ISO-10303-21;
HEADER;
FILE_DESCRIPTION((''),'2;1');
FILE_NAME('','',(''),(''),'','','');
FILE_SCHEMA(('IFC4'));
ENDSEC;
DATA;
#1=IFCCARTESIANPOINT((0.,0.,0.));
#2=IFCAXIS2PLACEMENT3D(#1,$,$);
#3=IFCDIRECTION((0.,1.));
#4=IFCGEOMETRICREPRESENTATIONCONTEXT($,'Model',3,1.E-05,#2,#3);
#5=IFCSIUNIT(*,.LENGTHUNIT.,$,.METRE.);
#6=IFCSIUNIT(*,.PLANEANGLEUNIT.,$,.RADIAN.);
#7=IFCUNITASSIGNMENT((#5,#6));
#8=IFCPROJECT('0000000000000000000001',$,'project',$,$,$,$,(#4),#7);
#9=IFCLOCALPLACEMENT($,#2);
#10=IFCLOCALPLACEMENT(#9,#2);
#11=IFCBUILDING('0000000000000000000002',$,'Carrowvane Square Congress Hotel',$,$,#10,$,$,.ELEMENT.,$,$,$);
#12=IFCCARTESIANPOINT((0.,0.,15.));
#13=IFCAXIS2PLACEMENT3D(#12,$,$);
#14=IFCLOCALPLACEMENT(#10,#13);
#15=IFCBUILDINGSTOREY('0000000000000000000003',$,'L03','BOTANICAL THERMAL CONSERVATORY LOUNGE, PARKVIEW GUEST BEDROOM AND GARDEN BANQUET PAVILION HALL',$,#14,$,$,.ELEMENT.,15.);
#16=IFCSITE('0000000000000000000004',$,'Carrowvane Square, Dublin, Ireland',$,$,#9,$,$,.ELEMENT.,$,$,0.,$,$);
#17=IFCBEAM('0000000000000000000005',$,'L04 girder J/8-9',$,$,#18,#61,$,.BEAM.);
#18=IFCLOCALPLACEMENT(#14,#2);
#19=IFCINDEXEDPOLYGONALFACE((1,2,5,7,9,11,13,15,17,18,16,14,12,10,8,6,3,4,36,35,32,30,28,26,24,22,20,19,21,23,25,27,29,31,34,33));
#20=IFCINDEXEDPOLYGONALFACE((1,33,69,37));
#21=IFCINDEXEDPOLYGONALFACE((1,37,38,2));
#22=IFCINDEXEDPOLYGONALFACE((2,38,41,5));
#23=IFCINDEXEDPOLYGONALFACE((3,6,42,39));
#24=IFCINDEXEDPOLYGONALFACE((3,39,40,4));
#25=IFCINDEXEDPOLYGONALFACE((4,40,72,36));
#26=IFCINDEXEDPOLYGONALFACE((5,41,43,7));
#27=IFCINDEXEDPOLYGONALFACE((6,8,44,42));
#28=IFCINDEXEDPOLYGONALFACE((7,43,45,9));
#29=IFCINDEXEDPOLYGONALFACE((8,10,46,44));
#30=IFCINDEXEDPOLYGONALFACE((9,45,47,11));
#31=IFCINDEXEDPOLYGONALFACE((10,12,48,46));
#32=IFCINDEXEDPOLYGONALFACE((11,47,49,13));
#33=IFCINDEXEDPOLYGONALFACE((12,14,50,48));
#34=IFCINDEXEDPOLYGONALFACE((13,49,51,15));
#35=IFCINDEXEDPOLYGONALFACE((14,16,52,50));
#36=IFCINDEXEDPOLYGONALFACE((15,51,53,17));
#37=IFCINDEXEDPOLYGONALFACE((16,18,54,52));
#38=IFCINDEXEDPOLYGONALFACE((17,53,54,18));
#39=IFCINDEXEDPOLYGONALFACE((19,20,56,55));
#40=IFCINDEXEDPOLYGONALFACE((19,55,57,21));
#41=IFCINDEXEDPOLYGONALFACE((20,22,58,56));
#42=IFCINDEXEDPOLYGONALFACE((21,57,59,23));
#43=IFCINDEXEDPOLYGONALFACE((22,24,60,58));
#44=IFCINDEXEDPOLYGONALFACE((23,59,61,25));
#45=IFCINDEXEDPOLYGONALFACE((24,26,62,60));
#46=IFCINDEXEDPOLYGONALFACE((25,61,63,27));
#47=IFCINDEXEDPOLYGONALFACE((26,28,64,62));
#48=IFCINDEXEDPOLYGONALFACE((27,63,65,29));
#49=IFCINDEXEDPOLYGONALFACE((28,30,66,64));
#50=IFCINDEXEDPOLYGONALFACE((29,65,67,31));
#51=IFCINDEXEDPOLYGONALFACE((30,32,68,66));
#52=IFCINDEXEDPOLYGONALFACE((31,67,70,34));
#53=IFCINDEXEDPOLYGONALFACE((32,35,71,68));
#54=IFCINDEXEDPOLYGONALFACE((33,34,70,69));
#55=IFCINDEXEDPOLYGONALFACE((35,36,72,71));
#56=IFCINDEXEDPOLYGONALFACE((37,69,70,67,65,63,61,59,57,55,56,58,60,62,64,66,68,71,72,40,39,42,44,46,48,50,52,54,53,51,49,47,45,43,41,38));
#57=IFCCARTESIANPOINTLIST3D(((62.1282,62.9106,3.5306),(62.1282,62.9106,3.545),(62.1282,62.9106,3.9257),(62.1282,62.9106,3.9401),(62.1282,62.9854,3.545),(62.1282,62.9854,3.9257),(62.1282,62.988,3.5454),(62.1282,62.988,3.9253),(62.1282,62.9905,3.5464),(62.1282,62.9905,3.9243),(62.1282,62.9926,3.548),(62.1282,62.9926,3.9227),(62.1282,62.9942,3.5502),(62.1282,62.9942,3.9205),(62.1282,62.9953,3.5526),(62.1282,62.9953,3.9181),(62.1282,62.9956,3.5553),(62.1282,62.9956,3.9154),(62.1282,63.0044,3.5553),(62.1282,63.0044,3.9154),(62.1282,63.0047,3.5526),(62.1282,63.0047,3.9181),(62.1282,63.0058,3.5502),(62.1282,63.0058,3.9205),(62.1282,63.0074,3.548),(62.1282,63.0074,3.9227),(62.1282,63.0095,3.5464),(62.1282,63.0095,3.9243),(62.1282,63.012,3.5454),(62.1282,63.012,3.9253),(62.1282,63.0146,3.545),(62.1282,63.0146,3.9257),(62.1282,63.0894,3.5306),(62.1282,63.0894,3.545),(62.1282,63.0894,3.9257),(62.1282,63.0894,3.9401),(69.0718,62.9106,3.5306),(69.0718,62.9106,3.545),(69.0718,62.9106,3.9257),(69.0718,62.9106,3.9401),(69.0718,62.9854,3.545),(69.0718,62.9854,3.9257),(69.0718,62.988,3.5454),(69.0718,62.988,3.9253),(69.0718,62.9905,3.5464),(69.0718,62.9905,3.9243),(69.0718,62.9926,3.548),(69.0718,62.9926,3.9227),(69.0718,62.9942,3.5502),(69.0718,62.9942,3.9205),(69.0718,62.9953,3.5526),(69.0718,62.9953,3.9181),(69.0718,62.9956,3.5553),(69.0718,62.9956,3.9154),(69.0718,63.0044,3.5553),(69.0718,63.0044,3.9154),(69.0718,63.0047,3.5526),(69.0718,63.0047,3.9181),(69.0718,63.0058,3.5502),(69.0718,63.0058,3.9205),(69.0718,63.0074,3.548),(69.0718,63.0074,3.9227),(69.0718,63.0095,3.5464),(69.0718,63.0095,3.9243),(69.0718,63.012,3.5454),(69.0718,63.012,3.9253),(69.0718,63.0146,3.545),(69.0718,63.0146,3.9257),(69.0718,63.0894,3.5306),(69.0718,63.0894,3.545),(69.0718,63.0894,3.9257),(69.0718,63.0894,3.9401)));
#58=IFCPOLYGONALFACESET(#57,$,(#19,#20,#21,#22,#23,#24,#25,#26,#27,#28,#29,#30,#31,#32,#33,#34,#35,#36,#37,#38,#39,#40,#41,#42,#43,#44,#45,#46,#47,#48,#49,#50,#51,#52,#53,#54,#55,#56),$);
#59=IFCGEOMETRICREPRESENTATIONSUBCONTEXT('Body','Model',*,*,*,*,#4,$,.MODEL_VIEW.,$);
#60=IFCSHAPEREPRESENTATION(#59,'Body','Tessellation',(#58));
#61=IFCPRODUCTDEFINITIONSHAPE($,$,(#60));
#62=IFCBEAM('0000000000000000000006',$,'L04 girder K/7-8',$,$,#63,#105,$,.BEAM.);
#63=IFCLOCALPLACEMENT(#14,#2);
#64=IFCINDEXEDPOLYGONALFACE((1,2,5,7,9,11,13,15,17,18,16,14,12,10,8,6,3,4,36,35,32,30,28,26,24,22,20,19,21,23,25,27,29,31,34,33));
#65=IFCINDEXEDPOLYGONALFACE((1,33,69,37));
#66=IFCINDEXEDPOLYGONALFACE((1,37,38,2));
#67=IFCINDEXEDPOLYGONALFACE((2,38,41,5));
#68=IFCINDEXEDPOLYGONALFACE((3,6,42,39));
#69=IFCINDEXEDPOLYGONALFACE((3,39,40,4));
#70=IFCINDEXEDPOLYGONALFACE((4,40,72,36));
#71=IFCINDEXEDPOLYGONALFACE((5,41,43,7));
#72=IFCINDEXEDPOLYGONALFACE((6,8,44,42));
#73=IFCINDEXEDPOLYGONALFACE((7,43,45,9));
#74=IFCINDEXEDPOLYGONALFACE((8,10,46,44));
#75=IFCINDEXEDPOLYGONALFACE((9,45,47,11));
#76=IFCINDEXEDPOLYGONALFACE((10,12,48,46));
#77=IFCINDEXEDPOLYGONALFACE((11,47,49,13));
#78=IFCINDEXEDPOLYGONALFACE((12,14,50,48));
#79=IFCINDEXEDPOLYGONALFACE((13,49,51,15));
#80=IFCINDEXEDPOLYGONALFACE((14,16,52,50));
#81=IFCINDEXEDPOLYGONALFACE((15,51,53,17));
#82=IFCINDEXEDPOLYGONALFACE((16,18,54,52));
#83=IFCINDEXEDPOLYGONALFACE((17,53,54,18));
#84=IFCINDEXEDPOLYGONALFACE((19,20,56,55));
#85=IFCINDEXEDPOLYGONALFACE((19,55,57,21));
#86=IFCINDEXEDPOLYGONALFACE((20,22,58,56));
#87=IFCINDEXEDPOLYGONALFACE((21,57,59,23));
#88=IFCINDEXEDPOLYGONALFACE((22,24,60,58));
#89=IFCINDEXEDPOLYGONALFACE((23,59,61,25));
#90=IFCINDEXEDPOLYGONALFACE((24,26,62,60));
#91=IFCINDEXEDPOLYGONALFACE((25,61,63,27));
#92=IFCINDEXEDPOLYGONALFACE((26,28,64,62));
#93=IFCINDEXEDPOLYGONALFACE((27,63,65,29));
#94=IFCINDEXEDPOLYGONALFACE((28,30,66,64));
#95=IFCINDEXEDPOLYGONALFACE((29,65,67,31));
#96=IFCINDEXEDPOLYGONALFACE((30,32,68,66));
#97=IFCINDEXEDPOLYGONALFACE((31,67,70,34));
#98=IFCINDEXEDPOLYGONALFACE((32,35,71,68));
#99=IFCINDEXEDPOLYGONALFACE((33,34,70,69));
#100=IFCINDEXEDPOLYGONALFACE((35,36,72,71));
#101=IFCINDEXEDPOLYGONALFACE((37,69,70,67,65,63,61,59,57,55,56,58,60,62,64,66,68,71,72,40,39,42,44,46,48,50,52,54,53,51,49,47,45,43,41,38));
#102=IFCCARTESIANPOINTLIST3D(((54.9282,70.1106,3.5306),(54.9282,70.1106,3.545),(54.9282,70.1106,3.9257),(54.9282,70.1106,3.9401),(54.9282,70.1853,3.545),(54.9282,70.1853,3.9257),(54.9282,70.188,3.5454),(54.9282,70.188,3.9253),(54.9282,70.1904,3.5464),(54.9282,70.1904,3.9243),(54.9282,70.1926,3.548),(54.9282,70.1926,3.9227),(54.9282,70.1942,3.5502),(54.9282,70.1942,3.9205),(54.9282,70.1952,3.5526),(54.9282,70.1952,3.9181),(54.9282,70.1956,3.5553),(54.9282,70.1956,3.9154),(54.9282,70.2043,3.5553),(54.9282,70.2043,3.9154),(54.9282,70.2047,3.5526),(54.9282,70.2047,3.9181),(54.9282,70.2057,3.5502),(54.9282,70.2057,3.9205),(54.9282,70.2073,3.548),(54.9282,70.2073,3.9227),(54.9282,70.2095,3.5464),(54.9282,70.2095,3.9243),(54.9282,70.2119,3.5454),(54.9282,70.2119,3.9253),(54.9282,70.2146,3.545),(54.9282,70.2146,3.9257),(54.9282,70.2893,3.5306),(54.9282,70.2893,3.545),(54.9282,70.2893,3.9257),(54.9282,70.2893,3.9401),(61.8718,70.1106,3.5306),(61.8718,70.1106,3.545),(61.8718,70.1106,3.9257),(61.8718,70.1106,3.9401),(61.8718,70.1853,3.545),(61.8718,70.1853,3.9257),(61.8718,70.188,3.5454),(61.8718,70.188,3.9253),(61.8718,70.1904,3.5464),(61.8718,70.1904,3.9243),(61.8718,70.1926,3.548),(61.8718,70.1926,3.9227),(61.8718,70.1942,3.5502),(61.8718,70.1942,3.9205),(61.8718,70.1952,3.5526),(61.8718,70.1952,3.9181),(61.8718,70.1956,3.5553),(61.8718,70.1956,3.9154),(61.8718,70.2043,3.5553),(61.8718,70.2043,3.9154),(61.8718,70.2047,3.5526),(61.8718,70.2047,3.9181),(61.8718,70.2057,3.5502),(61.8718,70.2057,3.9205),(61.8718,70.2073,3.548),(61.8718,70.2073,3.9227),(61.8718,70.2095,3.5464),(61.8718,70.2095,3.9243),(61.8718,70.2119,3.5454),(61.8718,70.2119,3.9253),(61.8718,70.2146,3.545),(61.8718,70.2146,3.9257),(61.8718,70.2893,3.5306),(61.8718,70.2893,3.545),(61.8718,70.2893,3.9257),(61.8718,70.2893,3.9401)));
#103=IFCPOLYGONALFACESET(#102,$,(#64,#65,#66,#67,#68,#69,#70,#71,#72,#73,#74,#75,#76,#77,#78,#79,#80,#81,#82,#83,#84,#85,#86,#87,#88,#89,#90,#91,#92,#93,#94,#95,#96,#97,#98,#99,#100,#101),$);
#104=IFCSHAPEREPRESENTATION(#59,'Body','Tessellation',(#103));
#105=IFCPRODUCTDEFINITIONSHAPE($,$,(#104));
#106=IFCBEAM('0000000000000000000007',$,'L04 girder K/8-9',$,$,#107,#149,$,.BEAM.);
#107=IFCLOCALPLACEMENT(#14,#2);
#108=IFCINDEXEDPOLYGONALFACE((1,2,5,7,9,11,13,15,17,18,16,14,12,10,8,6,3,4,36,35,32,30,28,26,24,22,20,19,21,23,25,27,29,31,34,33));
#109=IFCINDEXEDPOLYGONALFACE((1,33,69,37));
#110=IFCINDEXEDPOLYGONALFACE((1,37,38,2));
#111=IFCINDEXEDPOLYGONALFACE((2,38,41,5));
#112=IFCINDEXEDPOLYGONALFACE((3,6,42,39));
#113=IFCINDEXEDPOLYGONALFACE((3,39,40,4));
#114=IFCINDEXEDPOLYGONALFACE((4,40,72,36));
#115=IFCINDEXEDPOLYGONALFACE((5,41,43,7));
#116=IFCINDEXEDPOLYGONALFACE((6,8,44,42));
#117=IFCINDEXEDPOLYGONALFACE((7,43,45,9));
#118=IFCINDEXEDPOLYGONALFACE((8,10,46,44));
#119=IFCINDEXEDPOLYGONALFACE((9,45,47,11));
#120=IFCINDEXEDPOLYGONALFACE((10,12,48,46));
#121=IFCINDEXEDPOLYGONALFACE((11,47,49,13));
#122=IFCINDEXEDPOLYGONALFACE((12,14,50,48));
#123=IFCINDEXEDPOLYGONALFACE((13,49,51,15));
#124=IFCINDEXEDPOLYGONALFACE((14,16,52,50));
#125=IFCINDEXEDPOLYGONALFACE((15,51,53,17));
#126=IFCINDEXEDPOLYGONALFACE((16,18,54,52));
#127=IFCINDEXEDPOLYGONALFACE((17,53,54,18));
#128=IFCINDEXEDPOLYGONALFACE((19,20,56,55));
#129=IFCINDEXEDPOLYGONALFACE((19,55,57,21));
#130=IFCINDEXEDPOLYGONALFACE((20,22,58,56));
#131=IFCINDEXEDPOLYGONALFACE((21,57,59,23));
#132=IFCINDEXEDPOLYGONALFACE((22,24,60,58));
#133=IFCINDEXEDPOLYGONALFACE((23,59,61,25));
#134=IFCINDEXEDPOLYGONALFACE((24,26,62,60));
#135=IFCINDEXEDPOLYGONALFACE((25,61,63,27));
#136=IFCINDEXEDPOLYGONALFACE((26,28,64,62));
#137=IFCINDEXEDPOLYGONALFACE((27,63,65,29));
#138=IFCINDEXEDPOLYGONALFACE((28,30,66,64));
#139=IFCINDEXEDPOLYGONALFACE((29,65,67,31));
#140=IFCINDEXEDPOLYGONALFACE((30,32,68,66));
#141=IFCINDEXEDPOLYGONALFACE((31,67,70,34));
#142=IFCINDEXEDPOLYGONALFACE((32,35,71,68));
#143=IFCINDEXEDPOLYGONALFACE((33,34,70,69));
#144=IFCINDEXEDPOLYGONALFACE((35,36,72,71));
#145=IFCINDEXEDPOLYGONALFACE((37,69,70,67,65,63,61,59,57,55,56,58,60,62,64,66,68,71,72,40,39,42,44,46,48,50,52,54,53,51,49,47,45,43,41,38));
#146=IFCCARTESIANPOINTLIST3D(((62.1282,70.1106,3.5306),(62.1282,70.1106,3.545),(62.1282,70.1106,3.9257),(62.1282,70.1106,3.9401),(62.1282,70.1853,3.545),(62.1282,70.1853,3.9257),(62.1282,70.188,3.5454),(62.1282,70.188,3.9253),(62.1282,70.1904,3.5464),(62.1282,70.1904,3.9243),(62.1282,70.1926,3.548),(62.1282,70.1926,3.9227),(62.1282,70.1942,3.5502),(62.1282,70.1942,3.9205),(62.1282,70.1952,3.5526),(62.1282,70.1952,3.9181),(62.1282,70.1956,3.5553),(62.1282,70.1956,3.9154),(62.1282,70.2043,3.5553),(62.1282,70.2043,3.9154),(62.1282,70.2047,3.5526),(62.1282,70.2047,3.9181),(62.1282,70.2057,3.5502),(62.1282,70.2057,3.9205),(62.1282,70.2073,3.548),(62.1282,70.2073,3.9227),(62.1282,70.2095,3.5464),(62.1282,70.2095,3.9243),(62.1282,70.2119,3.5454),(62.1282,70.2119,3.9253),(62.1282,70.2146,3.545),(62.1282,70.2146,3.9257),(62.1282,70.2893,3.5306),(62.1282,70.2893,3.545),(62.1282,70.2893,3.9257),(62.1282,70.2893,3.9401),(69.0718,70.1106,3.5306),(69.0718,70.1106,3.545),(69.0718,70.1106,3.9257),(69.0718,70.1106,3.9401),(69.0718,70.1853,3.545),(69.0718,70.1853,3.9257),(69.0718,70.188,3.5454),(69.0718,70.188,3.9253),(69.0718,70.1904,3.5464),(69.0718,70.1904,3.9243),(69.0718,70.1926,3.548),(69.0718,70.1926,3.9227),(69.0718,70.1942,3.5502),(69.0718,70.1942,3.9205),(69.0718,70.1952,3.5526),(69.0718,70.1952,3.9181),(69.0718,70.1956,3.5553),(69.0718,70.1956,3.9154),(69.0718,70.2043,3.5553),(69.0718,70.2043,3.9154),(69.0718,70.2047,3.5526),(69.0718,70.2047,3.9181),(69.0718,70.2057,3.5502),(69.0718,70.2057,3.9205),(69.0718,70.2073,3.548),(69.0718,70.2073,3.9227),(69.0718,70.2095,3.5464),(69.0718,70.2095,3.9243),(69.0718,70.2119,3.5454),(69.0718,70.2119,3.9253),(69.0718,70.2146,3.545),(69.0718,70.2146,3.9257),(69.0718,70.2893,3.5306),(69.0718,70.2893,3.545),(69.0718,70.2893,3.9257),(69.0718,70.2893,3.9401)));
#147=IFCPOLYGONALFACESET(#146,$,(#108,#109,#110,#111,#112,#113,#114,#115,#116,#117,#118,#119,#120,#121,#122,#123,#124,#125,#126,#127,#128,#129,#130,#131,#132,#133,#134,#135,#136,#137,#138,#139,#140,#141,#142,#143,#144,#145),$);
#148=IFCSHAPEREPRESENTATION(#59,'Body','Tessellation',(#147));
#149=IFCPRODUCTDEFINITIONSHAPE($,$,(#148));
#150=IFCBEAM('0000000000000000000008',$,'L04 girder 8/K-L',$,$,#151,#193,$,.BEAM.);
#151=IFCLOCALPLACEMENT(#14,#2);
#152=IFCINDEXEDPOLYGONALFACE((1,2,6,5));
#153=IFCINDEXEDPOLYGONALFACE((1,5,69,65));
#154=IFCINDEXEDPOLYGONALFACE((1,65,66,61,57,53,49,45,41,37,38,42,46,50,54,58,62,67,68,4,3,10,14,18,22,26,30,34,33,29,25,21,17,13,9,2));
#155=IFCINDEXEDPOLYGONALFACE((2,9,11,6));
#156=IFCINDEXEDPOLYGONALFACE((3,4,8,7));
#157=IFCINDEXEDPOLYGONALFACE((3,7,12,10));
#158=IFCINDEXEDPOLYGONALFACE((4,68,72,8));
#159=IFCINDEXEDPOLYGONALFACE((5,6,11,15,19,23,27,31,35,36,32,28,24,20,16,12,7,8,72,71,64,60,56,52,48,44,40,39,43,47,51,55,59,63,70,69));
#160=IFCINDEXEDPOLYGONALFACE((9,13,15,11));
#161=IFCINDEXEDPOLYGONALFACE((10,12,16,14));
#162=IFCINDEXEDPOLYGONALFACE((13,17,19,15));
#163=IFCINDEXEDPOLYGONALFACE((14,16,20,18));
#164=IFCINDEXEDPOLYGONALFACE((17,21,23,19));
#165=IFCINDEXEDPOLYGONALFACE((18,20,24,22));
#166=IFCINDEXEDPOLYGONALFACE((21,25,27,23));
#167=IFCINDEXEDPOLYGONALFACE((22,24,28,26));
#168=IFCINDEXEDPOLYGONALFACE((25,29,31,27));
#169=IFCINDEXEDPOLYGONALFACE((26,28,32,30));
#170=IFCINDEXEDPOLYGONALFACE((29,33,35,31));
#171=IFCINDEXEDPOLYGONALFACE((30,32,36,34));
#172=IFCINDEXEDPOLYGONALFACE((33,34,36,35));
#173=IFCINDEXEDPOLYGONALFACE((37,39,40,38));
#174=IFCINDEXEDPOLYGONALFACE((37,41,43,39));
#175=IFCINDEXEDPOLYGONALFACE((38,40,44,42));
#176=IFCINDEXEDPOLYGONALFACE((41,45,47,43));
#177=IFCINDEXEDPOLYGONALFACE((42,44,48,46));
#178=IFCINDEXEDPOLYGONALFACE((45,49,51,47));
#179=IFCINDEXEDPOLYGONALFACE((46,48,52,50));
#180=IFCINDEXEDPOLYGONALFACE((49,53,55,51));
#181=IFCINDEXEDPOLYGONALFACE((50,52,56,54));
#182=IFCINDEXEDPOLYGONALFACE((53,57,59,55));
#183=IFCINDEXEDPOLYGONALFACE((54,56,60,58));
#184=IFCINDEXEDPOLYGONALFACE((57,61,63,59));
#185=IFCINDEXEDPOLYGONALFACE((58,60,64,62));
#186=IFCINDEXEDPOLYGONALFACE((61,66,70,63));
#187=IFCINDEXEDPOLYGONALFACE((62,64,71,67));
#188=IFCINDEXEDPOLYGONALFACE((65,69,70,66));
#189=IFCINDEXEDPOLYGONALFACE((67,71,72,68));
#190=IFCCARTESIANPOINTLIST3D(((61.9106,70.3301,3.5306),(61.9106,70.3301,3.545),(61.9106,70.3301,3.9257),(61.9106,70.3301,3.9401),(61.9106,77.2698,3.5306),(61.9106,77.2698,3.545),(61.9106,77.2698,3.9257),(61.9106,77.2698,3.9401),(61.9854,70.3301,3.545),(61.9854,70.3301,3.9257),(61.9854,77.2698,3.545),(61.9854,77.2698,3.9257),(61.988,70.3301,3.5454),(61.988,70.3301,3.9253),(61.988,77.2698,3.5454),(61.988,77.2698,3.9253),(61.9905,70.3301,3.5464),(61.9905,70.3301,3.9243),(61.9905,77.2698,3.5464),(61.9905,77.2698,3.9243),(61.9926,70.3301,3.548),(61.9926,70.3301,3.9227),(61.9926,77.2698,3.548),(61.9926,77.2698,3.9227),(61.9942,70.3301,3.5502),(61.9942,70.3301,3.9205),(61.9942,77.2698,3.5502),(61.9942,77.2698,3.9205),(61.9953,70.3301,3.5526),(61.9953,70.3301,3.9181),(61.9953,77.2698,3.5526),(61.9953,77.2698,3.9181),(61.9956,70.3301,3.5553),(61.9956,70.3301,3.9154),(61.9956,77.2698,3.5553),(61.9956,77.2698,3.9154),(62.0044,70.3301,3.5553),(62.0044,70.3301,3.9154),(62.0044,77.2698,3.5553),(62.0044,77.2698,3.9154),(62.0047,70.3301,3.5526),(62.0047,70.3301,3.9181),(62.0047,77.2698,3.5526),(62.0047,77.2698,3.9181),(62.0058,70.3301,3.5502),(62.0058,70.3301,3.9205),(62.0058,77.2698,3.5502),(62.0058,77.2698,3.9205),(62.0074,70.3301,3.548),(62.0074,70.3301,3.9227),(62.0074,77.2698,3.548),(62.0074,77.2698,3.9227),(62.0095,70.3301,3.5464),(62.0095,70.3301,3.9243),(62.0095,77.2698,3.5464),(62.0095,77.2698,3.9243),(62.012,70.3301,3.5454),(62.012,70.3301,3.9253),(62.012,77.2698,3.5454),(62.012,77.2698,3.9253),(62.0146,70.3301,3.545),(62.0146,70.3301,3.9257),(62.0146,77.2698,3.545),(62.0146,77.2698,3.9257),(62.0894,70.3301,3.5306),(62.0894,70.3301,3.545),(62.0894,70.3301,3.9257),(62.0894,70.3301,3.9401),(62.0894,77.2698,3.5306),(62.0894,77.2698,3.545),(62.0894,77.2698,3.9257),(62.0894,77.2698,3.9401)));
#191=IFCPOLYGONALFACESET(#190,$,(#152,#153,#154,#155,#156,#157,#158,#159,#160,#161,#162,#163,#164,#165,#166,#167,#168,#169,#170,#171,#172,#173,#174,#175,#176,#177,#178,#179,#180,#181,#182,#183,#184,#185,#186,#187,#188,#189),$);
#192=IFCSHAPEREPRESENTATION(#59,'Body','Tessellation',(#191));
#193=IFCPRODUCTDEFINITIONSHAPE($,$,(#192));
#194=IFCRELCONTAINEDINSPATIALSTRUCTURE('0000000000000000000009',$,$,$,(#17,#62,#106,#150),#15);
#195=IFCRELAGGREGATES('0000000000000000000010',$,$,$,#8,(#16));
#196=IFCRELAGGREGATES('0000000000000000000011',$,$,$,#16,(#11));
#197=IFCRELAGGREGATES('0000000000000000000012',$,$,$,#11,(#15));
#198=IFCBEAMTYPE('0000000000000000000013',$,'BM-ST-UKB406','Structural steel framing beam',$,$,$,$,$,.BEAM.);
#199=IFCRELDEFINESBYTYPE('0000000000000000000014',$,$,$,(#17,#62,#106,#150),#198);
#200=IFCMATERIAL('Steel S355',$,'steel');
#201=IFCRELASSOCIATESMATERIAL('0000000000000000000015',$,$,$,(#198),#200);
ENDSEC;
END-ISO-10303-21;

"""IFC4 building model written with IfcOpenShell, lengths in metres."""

from ifc_helpers import new_model, si_unit, direction, frame, origin, origin_2d, place, context, subcontext, project, spatial, i_section, extrude, material, material_profile, profile_set, type_object, element, save


model = new_model("IFC4")

# Units and contexts
model_context = context("Model", 3, precision=1e-05, world=origin(), true_north=direction((0.0, 1.0)))
body_context = subcontext(model_context, "Body", "Model", "MODEL_VIEW")
ifc_project = project(units=[si_unit("LENGTHUNIT", "METRE"), si_unit("PLANEANGLEUNIT", "RADIAN")], contexts=[model_context])

# Site, building, storey
site_placement = place(None, origin())
site = spatial("IfcSite", under=ifc_project, at=site_placement, Name="Carrowvane Square, Dublin, Ireland", CompositionType="ELEMENT", RefElevation=0.0)
building_placement = place(site_placement, origin())
building = spatial("IfcBuilding", under=site, at=building_placement, Name="Carrowvane Square Congress Hotel", CompositionType="ELEMENT")
storey_placement = place(building_placement, frame((0.0, 0.0, 15.0)))
storey = spatial("IfcBuildingStorey", under=building, at=storey_placement, Name="L03", Description="BOTANICAL THERMAL CONSERVATORY LOUNGE, PARKVIEW GUEST BEDROOM AND GARDEN BANQUET PAVILION HALL", CompositionType="ELEMENT", Elevation=15.0)

# Beams
ifc_material_1 = material(Name="Steel S355", Category="steel")
ifc_material_profile_1 = material_profile(ifc_material_1, i_section(OverallWidth=0.1787, OverallDepth=0.4094, WebThickness=0.0088, FlangeThickness=0.0144, FilletRadius=0.0103, at=origin_2d()), Name="UKB 406x178x67")
ifc_profile_set_1 = profile_set([ifc_material_profile_1], Name="Steel S355")
beam_type_1 = type_object("IfcBeamType", Name="BM-ST-UKB406", Description="Structural steel framing beam", PredefinedType="BEAM", material=ifc_profile_set_1)
for number, where, z_axis, x_axis, name in (
    (1, (62.1282, 63.0, 3.7354), (1.0, 0.0, 0.0), (0.0, 1.0, 0.0), "L04 girder J/8-9"),
    (2, (54.9282, 70.2, 3.7354), (1.0, 0.0, 0.0), (0.0, 1.0, 0.0), "L04 girder K/7-8"),
    (3, (62.1282, 70.2, 3.7354), (1.0, 0.0, 0.0), (0.0, 1.0, 0.0), "L04 girder K/8-9"),
):
    element("IfcBeam", number, at=place(storey_placement, frame(where, z_axis=z_axis, x_axis=x_axis)), inside=storey, type_object=beam_type_1, Name=name, PredefinedType="BEAM", context=body_context, shape_type="SweptSolid", body=[
        extrude(i_section(OverallWidth=0.1787, OverallDepth=0.4094, WebThickness=0.0088, FlangeThickness=0.0144, FilletRadius=0.0103, at=origin_2d()), origin(), (0.0, 0.0, 1.0), 6.9436),
    ])
for number, where, z_axis, x_axis, name in (
    (4, (62.0, 70.3301, 3.7354), (0.0, 1.0, 0.0), (-1.0, 0.0, 0.0), "L04 girder 8/K-L"),
):
    element("IfcBeam", number, at=place(storey_placement, frame(where, z_axis=z_axis, x_axis=x_axis)), inside=storey, type_object=beam_type_1, Name=name, PredefinedType="BEAM", context=body_context, shape_type="SweptSolid", body=[
        extrude(i_section(OverallWidth=0.1787, OverallDepth=0.4094, WebThickness=0.0088, FlangeThickness=0.0144, FilletRadius=0.0103, at=origin_2d()), origin(), (0.0, 0.0, 1.0), 6.9397),
    ])

save(model, "model.ifc")
